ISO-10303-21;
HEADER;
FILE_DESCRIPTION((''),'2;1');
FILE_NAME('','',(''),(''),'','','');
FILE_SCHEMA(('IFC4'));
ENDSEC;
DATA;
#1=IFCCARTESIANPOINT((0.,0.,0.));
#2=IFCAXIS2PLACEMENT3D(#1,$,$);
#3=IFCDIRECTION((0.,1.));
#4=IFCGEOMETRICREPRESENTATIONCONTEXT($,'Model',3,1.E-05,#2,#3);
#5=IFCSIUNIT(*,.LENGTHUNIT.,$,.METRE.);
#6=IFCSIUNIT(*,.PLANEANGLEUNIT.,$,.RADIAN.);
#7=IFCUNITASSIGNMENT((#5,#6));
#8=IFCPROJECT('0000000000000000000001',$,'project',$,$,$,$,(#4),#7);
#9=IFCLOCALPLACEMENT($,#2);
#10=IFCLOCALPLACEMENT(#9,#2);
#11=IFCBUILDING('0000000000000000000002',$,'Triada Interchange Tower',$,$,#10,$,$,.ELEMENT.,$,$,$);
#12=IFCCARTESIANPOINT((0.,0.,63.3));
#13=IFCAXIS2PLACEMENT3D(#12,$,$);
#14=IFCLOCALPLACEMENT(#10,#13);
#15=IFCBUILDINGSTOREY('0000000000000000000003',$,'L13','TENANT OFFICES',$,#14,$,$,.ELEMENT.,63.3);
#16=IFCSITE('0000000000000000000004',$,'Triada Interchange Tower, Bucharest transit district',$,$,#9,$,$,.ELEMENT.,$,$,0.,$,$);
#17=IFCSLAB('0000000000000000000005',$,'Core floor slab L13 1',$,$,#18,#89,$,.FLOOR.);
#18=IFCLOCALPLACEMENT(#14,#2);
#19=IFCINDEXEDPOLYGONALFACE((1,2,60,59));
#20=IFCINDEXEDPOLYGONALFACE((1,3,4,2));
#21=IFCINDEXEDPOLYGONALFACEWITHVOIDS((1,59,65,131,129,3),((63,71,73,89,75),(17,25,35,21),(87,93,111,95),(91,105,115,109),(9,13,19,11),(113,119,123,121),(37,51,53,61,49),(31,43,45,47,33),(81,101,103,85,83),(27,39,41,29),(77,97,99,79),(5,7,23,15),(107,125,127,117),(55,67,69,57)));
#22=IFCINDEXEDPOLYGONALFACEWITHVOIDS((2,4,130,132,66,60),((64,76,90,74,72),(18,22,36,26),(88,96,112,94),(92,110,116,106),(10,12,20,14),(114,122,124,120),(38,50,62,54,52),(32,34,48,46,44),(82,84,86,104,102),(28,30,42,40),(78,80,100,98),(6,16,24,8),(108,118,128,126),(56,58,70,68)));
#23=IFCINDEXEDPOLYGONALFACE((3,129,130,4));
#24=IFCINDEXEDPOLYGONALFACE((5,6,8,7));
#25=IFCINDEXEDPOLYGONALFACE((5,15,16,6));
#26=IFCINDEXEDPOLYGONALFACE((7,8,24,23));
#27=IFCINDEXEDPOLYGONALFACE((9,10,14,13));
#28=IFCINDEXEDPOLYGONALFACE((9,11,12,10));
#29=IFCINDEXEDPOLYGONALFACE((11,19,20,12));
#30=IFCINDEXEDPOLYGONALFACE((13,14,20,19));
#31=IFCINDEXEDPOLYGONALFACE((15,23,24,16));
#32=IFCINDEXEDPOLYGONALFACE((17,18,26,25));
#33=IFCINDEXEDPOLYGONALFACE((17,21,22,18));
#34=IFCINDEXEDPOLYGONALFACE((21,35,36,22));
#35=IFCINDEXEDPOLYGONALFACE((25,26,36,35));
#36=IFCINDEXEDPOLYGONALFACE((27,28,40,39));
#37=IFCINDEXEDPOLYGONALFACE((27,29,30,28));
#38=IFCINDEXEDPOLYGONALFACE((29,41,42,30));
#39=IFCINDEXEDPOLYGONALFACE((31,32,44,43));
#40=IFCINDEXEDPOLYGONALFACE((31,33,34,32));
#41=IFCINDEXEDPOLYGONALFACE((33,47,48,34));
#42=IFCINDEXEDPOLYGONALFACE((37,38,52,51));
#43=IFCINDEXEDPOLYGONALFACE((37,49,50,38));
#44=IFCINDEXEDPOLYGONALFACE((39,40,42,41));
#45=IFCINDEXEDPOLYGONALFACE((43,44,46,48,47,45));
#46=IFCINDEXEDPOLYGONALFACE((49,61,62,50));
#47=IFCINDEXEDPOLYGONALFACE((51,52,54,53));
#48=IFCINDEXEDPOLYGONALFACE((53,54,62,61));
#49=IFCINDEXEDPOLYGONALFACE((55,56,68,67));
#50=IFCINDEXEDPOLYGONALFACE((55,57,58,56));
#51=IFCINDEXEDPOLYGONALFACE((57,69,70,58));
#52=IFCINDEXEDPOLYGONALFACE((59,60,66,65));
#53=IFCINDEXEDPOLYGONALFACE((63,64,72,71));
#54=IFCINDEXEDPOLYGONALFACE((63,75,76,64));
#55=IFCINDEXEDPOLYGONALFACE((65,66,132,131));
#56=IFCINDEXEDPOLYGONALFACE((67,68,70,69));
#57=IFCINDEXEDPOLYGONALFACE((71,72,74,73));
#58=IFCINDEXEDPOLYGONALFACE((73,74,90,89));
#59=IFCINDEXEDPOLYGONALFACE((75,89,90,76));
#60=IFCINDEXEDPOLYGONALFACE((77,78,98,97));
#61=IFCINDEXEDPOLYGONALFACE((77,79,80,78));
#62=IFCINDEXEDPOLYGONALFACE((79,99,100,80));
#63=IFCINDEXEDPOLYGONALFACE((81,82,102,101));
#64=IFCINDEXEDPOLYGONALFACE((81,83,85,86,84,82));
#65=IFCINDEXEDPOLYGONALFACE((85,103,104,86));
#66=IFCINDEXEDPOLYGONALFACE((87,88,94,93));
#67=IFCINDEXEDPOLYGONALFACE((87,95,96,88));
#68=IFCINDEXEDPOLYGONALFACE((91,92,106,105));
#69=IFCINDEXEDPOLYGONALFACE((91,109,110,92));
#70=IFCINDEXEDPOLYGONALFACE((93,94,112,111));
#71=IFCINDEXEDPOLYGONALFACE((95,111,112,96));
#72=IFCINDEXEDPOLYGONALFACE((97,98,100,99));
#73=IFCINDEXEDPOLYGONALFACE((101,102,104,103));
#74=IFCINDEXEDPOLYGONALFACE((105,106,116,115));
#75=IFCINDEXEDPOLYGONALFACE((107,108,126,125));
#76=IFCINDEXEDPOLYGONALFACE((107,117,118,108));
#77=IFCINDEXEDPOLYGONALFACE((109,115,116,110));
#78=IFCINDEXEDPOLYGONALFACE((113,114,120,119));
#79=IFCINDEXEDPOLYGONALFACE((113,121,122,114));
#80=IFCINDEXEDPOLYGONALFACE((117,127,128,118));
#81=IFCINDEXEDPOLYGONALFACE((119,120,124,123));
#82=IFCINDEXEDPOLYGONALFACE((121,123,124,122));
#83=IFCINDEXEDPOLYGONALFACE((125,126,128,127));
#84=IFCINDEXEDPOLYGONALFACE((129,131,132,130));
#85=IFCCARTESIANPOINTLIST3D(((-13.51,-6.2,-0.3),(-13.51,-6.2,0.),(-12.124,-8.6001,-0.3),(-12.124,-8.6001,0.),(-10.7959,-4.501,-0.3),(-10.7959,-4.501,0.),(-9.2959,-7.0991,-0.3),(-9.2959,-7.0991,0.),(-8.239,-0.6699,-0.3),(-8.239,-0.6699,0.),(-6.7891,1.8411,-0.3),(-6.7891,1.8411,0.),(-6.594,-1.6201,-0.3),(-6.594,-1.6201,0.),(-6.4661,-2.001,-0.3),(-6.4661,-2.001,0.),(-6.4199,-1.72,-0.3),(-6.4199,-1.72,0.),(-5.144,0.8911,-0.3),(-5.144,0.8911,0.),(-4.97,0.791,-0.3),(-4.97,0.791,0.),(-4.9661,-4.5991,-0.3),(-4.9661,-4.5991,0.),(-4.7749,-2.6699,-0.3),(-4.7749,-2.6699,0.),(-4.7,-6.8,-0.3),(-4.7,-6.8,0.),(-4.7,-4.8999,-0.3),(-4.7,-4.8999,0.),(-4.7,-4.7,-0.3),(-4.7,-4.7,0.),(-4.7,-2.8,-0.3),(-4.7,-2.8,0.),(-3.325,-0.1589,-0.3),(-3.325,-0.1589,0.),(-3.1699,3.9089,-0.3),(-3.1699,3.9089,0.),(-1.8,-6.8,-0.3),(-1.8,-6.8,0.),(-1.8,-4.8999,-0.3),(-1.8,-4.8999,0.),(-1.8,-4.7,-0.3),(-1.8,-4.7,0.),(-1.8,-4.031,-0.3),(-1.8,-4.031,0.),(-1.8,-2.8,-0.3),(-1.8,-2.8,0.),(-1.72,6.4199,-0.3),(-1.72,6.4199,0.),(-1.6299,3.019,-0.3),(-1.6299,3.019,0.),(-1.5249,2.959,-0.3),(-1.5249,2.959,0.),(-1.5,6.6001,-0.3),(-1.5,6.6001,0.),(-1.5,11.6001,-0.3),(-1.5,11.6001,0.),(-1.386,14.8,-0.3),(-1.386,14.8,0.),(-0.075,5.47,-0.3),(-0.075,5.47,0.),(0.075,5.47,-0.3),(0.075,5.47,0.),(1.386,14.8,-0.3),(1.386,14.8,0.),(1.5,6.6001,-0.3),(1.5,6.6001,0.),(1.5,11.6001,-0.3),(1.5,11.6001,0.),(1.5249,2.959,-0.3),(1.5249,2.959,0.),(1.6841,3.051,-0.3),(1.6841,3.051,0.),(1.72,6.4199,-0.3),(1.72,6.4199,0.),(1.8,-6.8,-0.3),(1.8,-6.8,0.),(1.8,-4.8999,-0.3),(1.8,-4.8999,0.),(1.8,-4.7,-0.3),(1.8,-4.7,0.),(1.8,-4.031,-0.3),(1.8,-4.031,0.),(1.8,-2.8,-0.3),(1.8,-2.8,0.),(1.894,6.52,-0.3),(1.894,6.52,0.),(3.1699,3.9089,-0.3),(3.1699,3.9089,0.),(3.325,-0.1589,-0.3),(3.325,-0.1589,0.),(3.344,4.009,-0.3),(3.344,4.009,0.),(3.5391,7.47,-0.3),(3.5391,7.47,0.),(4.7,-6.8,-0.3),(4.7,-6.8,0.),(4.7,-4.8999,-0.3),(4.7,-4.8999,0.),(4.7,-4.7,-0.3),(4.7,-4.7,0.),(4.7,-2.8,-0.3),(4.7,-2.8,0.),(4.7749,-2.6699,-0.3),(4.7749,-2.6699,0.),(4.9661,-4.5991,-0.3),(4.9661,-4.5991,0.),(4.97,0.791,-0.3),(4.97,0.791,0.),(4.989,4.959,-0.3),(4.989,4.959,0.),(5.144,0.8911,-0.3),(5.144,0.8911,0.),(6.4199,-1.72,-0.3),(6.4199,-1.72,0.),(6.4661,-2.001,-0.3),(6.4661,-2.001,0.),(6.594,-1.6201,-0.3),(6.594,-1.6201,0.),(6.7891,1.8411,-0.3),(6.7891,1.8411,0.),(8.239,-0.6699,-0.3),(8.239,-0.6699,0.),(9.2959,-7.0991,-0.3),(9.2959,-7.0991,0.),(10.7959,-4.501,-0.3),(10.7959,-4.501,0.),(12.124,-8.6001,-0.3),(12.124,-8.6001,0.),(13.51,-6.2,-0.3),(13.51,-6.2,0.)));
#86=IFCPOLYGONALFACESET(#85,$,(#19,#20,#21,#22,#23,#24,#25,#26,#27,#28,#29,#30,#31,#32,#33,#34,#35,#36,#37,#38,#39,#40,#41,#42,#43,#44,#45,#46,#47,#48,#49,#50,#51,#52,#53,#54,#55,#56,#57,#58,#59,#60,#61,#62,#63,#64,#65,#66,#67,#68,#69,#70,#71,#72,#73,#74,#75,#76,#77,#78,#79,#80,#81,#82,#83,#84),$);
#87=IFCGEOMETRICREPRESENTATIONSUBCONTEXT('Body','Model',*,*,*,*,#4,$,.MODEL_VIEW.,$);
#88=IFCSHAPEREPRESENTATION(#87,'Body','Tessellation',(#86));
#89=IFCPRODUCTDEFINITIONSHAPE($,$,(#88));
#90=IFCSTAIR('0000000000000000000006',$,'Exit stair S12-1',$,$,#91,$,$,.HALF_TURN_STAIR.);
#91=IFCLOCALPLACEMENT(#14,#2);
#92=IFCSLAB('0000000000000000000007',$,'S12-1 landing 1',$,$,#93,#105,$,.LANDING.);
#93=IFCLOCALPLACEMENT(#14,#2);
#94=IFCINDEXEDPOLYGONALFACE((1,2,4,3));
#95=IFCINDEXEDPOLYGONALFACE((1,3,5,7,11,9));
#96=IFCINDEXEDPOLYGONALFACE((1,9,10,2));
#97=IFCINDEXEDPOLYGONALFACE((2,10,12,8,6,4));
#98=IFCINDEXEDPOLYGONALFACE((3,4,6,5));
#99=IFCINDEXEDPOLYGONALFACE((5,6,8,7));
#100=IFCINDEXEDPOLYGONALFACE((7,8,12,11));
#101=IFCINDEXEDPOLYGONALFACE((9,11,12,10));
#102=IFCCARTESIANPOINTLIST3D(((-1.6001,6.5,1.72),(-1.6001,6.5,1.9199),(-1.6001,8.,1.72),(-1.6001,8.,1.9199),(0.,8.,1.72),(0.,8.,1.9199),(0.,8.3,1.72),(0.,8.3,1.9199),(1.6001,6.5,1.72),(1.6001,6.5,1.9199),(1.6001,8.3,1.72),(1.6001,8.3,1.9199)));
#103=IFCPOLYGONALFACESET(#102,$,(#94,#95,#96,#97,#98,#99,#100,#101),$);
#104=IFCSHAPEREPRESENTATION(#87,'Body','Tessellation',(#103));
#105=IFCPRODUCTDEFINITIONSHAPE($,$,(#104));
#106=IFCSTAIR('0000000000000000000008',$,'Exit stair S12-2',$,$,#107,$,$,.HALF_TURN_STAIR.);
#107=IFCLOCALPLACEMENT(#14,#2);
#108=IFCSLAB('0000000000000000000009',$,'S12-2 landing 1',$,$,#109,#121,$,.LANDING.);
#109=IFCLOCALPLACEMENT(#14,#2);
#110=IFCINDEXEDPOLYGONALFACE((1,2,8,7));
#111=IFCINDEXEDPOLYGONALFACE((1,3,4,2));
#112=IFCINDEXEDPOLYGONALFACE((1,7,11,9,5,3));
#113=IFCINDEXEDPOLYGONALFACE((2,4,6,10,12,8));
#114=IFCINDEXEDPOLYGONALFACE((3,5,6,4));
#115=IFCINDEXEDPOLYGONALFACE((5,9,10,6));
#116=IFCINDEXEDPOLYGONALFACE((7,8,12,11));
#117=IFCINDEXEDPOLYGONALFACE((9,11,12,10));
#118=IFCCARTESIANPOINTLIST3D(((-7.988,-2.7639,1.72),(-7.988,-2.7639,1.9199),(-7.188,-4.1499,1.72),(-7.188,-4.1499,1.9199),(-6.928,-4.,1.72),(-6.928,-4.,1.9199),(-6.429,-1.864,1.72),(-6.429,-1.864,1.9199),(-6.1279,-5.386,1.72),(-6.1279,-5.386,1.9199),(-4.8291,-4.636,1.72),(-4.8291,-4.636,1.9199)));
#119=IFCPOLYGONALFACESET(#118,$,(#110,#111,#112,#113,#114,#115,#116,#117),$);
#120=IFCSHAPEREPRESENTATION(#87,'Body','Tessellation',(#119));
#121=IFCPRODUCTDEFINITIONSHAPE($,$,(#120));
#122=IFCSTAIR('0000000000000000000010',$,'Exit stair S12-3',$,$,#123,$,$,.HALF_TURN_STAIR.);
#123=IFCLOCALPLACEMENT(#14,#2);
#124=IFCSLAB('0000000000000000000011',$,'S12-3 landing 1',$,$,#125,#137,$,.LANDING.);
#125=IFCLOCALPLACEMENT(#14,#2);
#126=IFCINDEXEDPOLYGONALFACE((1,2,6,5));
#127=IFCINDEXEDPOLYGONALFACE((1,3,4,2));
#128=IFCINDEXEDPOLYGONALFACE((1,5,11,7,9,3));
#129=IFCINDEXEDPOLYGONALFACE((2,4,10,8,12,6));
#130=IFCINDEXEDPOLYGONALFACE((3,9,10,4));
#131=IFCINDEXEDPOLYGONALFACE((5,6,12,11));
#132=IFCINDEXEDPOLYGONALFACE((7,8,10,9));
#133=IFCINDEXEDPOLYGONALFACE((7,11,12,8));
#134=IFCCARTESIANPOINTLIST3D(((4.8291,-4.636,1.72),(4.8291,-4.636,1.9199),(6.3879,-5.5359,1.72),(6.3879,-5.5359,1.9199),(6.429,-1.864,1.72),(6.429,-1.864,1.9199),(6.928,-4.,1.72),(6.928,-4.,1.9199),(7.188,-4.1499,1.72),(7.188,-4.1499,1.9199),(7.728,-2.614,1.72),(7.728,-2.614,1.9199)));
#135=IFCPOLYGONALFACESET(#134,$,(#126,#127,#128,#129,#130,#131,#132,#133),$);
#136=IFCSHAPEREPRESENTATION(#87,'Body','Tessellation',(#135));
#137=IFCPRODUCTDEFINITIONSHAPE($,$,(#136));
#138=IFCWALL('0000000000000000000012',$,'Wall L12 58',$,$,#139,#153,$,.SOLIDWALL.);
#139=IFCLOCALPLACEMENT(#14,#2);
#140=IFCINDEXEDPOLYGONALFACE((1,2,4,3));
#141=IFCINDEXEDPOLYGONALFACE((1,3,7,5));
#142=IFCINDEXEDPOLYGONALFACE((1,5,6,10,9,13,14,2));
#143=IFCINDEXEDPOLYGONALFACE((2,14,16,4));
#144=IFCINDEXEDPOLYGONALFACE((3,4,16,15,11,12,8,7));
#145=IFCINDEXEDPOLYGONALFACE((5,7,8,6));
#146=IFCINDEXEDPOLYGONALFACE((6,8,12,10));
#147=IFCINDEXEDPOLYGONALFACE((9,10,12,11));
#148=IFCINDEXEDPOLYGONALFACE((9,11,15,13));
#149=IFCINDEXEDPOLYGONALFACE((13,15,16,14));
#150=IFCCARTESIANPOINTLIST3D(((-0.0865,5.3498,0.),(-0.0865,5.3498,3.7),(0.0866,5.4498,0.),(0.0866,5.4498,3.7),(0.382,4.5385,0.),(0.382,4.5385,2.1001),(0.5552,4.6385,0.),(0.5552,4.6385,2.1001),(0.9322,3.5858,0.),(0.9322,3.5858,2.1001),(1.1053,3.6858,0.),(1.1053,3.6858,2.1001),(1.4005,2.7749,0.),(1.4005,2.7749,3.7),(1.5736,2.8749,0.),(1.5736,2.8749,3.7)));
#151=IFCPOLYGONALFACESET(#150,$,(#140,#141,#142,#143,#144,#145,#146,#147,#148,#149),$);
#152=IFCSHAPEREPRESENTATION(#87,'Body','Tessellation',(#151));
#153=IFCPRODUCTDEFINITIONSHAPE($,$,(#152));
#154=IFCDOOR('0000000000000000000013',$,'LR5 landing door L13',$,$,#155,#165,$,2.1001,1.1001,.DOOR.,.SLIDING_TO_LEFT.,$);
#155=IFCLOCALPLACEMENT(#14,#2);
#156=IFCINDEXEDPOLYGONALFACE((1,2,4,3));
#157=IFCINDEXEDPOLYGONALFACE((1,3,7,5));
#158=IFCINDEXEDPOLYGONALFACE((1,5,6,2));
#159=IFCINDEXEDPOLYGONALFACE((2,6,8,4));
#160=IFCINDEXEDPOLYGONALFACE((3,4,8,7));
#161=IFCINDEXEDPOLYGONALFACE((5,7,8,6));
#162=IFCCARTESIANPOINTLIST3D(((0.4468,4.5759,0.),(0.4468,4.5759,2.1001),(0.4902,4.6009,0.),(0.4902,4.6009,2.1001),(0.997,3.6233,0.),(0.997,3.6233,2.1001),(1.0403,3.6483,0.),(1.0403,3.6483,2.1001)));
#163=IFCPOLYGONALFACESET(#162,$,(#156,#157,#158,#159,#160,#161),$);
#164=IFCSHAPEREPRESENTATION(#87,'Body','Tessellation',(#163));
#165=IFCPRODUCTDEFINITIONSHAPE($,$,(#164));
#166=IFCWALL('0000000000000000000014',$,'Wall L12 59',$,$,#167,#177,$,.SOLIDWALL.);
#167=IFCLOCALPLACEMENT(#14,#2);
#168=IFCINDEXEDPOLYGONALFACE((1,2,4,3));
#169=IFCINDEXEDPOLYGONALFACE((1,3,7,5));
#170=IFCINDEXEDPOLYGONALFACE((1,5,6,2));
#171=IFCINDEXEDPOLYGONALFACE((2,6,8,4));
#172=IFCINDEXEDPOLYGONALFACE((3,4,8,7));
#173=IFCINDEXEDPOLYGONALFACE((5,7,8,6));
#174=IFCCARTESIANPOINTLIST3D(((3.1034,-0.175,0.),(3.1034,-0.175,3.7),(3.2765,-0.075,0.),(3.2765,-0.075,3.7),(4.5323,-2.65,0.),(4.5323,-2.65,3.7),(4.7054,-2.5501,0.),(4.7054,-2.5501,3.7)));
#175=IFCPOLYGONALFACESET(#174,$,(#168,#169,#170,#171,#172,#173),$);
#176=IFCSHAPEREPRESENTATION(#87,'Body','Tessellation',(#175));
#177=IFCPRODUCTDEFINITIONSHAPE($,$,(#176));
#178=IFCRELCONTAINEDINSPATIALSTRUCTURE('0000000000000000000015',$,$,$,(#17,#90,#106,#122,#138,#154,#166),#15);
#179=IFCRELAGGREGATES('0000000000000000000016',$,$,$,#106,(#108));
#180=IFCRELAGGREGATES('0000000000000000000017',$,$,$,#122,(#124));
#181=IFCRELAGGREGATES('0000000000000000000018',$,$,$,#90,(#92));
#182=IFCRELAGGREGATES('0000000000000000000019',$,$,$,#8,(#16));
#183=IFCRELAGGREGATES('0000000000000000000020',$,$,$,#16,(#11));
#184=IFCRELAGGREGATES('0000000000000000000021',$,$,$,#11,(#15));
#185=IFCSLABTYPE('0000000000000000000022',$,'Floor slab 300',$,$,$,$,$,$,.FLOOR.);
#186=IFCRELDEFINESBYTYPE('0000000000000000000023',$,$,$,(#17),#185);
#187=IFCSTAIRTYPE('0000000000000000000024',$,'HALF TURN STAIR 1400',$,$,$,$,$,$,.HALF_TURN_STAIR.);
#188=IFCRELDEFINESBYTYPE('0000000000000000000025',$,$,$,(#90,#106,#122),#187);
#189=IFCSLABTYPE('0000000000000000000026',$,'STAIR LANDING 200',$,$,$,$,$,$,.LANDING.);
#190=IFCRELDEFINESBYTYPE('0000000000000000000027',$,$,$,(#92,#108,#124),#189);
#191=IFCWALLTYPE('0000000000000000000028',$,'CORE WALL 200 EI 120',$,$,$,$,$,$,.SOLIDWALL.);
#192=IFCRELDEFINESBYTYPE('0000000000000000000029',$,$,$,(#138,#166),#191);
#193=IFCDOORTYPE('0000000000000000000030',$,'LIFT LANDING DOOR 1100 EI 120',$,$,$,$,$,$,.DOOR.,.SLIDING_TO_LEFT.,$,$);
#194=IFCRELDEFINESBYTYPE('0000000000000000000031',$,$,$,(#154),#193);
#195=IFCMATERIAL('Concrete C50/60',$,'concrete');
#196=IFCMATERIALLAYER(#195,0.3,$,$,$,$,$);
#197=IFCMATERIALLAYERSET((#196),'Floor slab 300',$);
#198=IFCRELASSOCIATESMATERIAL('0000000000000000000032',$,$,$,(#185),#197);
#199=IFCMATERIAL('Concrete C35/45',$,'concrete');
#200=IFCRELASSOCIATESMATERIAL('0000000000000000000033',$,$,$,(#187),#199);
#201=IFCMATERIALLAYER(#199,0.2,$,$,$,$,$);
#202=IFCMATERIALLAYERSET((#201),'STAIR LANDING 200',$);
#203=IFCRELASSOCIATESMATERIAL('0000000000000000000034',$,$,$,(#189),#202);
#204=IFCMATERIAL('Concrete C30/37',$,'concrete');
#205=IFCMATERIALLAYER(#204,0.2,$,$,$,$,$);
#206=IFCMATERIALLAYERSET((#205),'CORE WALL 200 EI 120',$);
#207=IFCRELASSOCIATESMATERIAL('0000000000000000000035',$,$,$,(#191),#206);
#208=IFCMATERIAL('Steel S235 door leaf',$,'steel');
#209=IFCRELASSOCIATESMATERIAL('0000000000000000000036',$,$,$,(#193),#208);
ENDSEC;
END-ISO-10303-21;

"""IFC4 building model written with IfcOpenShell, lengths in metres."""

from ifc_helpers import new_model, si_unit, direction, frame, frame_2d, origin, place, context, subcontext, project, spatial, polyline, rectangle, outline, extrude, material, layer, layer_set, type_object, element, fill, aggregate, save


model = new_model("IFC4")

# Units and contexts
model_context = context("Model", 3, precision=1e-05, world=origin(), true_north=direction((0.0, 1.0)))
body_context = subcontext(model_context, "Body", "Model", "MODEL_VIEW")
ifc_project = project(units=[si_unit("LENGTHUNIT", "METRE"), si_unit("PLANEANGLEUNIT", "RADIAN")], contexts=[model_context])

# Site, building, storey
site_placement = place(None, origin())
site = spatial("IfcSite", under=ifc_project, at=site_placement, Name="Triada Interchange Tower, Bucharest transit district", CompositionType="ELEMENT", RefElevation=0.0)
building_placement = place(site_placement, origin())
building = spatial("IfcBuilding", under=site, at=building_placement, Name="Triada Interchange Tower", CompositionType="ELEMENT")
storey_placement = place(building_placement, frame((0.0, 0.0, 63.3)))
storey = spatial("IfcBuildingStorey", under=building, at=storey_placement, Name="L13", Description="TENANT OFFICES", CompositionType="ELEMENT", Elevation=63.3)

# Slab
ifc_material_1 = material(Name="Concrete C50/60", Category="concrete")
ifc_layer_1 = layer(ifc_material_1, 0.3)
ifc_layer_set_1 = layer_set([ifc_layer_1], Name="Floor slab 300")
slab_type_1 = type_object("IfcSlabType", Name="Floor slab 300", PredefinedType="FLOOR", material=ifc_layer_set_1)
slab_1_placement = place(storey_placement, frame((0.0, 0.0, -0.3)))
element("IfcSlab", 1, at=slab_1_placement, inside=storey, type_object=slab_type_1, Name="Core floor slab L13 1", PredefinedType="FLOOR", context=body_context, shape_type="SweptSolid", body=[
    extrude(outline(polyline([(13.51, -6.2), (12.124, -8.6001), (-12.124, -8.6001), (-13.51, -6.2), (-1.386, 14.8), (1.386, 14.8), (13.51, -6.2)]), holes=[polyline([(9.2959, -7.0991), (10.7959, -4.501), (6.4661, -2.001), (4.9661, -4.5991), (9.2959, -7.0991)]), polyline([(6.7891, 1.8411), (5.144, 0.8911), (6.594, -1.6201), (8.239, -0.6699), (6.7891, 1.8411)]), polyline([(4.97, 0.791), (3.325, -0.1589), (4.7749, -2.6699), (6.4199, -1.72), (4.97, 0.791)]), polyline([(1.894, 6.52), (3.344, 4.009), (4.989, 4.959), (3.5391, 7.47), (1.894, 6.52)]), polyline([(1.8, -4.8999), (1.8, -6.8), (4.7, -6.8), (4.7, -4.8999), (1.8, -4.8999)]), polyline([(1.8, -2.8), (1.8, -4.031), (1.8, -4.7), (4.7, -4.7), (4.7, -2.8), (1.8, -2.8)]), polyline([(1.5249, 2.959), (1.6841, 3.051), (3.1699, 3.9089), (1.72, 6.4199), (0.075, 5.47), (1.5249, 2.959)]), polyline([(1.5, 11.6001), (-1.5, 11.6001), (-1.5, 6.6001), (1.5, 6.6001), (1.5, 11.6001)]), polyline([(-0.075, 5.47), (-1.72, 6.4199), (-3.1699, 3.9089), (-1.6299, 3.019), (-1.5249, 2.959), (-0.075, 5.47)]), polyline([(-4.7, -2.8), (-4.7, -4.7), (-1.8, -4.7), (-1.8, -4.031), (-1.8, -2.8), (-4.7, -2.8)]), polyline([(-4.7, -4.8999), (-4.7, -6.8), (-1.8, -6.8), (-1.8, -4.8999), (-4.7, -4.8999)]), polyline([(-4.7749, -2.6699), (-3.325, -0.1589), (-4.97, 0.791), (-6.4199, -1.72), (-4.7749, -2.6699)]), polyline([(-10.7959, -4.501), (-9.2959, -7.0991), (-4.9661, -4.5991), (-6.4661, -2.001), (-10.7959, -4.501)]), polyline([(-6.594, -1.6201), (-5.144, 0.8911), (-6.7891, 1.8411), (-8.239, -0.6699), (-6.594, -1.6201)])]), origin(), (0.0, 0.0, 1.0), 0.3),
])

# Stairs, slabs
ifc_material_2 = material(Name="Concrete C35/45", Category="concrete")
stair_type = type_object("IfcStairType", Name="HALF TURN STAIR 1400", PredefinedType="HALF_TURN_STAIR", material=ifc_material_2)
stair_1_placement = place(storey_placement, origin())
stair_1 = element("IfcStair", 2, at=stair_1_placement, inside=storey, type_object=stair_type, Name="Exit stair S12-1", PredefinedType="HALF_TURN_STAIR")
ifc_layer_2 = layer(ifc_material_2, 0.2)
ifc_layer_set_2 = layer_set([ifc_layer_2], Name="STAIR LANDING 200")
slab_type_2 = type_object("IfcSlabType", Name="STAIR LANDING 200", PredefinedType="LANDING", material=ifc_layer_set_2)
slab_2_placement = place(storey_placement, frame((0.0, 0.0, 1.72)))
slab_2 = element("IfcSlab", 3, at=slab_2_placement, type_object=slab_type_2, Name="S12-1 landing 1", PredefinedType="LANDING", context=body_context, shape_type="SweptSolid", body=[
    extrude(outline(polyline([(1.6001, 6.5), (1.6001, 8.3), (0.0, 8.3), (0.0, 8.0), (-1.6001, 8.0), (-1.6001, 6.5), (1.6001, 6.5)])), origin(), (0.0, 0.0, 1.0), 0.2),
])
stair_2_placement = place(storey_placement, origin())
stair_2 = element("IfcStair", 4, at=stair_2_placement, inside=storey, type_object=stair_type, Name="Exit stair S12-2", PredefinedType="HALF_TURN_STAIR")
slab_3_placement = place(storey_placement, frame((0.0, 0.0, 1.72)))
slab_3 = element("IfcSlab", 5, at=slab_3_placement, type_object=slab_type_2, Name="S12-2 landing 1", PredefinedType="LANDING", context=body_context, shape_type="SweptSolid", body=[
    extrude(outline(polyline([(-6.429, -1.864), (-7.988, -2.7639), (-7.188, -4.1499), (-6.928, -4.0), (-6.1279, -5.386), (-4.8291, -4.636), (-6.429, -1.864)])), origin(), (0.0, 0.0, 1.0), 0.2),
])
aggregate(stair_2, [slab_3])
stair_3_placement = place(storey_placement, origin())
stair_3 = element("IfcStair", 6, at=stair_3_placement, inside=storey, type_object=stair_type, Name="Exit stair S12-3", PredefinedType="HALF_TURN_STAIR")
slab_4_placement = place(storey_placement, frame((0.0, 0.0, 1.72)))
slab_4 = element("IfcSlab", 7, at=slab_4_placement, type_object=slab_type_2, Name="S12-3 landing 1", PredefinedType="LANDING", context=body_context, shape_type="SweptSolid", body=[
    extrude(outline(polyline([(4.8291, -4.636), (6.3879, -5.5359), (7.188, -4.1499), (6.928, -4.0), (7.728, -2.614), (6.429, -1.864), (4.8291, -4.636)])), origin(), (0.0, 0.0, 1.0), 0.2),
])
aggregate(stair_3, [slab_4])

# Wall, opening, door
ifc_material_3 = material(Name="Concrete C30/37", Category="concrete")
ifc_layer_3 = layer(ifc_material_3, 0.2)
ifc_layer_set_3 = layer_set([ifc_layer_3], Name="CORE WALL 200 EI 120")
wall_type_1 = type_object("IfcWallType", Name="CORE WALL 200 EI 120", PredefinedType="SOLIDWALL", material=ifc_layer_set_3)
wall_1_placement = place(storey_placement, frame((0.0, 5.3999, 0.0), z_axis=(0.0, 0.0, 1.0), x_axis=(0.500104, -0.865965, 0.0)))
wall_1 = element("IfcWall", 8, at=wall_1_placement, inside=storey, type_object=wall_type_1, Name="Wall L12 58", PredefinedType="SOLIDWALL", context=body_context, shape_type="SweptSolid", body=[
    extrude(rectangle(XDim=2.9734, YDim=0.2, at=frame_2d((1.4868, 0.0))), origin(), (0.0, 0.0, 1.0), 3.7),
])
opening_1_placement = place(wall_1_placement, frame((0.937, 0.0, 0.0)))
opening_1 = element("IfcOpeningElement", 9, at=opening_1_placement, cuts=wall_1, PredefinedType="OPENING", context=body_context, shape_type="SweptSolid", body=[
    extrude(rectangle(XDim=1.1001, YDim=2.1001, at=frame_2d((0.55, 1.05))), frame((0.0, 0.1099, 0.0), z_axis=(0.0, -1.0, 0.0), x_axis=(1.0, 0.0, 0.0)), (0.0, 0.0, 1.0), 0.22),
])
ifc_material_4 = material(Name="Steel S235 door leaf", Category="steel")
door_type = type_object("IfcDoorType", Name="LIFT LANDING DOOR 1100 EI 120", OperationType="SLIDING_TO_LEFT", PredefinedType="DOOR", material=ifc_material_4)
door_1_placement = place(opening_1_placement, origin())
door_1 = element("IfcDoor", 10, at=door_1_placement, inside=storey, type_object=door_type, Name="LR5 landing door L13", OperationType="SLIDING_TO_LEFT", OverallHeight=2.1001, OverallWidth=1.1001, PredefinedType="DOOR", context=body_context, shape_type="SweptSolid", body=[
    extrude(rectangle(XDim=1.1001, YDim=2.1001, at=frame_2d((0.55, 1.05))), frame((0.0, 0.0249, 0.0), z_axis=(0.0, -1.0, 0.0), x_axis=(1.0, 0.0, 0.0)), (0.0, 0.0, 1.0), 0.05),
])
fill(opening_1, door_1)

# Wall
wall_2_placement = place(storey_placement, frame((3.1899, -0.125, 0.0), z_axis=(0.0, 0.0, 1.0), x_axis=(0.499989, -0.866032, 0.0)))
element("IfcWall", 11, at=wall_2_placement, inside=storey, type_object=wall_type_1, Name="Wall L12 59", PredefinedType="SOLIDWALL", context=body_context, shape_type="SweptSolid", body=[
    extrude(rectangle(XDim=2.8579, YDim=0.2, at=frame_2d((1.429, 0.0))), origin(), (0.0, 0.0, 1.0), 3.7),
])

aggregate(stair_1, [slab_2])

save(model, "model.ifc")
